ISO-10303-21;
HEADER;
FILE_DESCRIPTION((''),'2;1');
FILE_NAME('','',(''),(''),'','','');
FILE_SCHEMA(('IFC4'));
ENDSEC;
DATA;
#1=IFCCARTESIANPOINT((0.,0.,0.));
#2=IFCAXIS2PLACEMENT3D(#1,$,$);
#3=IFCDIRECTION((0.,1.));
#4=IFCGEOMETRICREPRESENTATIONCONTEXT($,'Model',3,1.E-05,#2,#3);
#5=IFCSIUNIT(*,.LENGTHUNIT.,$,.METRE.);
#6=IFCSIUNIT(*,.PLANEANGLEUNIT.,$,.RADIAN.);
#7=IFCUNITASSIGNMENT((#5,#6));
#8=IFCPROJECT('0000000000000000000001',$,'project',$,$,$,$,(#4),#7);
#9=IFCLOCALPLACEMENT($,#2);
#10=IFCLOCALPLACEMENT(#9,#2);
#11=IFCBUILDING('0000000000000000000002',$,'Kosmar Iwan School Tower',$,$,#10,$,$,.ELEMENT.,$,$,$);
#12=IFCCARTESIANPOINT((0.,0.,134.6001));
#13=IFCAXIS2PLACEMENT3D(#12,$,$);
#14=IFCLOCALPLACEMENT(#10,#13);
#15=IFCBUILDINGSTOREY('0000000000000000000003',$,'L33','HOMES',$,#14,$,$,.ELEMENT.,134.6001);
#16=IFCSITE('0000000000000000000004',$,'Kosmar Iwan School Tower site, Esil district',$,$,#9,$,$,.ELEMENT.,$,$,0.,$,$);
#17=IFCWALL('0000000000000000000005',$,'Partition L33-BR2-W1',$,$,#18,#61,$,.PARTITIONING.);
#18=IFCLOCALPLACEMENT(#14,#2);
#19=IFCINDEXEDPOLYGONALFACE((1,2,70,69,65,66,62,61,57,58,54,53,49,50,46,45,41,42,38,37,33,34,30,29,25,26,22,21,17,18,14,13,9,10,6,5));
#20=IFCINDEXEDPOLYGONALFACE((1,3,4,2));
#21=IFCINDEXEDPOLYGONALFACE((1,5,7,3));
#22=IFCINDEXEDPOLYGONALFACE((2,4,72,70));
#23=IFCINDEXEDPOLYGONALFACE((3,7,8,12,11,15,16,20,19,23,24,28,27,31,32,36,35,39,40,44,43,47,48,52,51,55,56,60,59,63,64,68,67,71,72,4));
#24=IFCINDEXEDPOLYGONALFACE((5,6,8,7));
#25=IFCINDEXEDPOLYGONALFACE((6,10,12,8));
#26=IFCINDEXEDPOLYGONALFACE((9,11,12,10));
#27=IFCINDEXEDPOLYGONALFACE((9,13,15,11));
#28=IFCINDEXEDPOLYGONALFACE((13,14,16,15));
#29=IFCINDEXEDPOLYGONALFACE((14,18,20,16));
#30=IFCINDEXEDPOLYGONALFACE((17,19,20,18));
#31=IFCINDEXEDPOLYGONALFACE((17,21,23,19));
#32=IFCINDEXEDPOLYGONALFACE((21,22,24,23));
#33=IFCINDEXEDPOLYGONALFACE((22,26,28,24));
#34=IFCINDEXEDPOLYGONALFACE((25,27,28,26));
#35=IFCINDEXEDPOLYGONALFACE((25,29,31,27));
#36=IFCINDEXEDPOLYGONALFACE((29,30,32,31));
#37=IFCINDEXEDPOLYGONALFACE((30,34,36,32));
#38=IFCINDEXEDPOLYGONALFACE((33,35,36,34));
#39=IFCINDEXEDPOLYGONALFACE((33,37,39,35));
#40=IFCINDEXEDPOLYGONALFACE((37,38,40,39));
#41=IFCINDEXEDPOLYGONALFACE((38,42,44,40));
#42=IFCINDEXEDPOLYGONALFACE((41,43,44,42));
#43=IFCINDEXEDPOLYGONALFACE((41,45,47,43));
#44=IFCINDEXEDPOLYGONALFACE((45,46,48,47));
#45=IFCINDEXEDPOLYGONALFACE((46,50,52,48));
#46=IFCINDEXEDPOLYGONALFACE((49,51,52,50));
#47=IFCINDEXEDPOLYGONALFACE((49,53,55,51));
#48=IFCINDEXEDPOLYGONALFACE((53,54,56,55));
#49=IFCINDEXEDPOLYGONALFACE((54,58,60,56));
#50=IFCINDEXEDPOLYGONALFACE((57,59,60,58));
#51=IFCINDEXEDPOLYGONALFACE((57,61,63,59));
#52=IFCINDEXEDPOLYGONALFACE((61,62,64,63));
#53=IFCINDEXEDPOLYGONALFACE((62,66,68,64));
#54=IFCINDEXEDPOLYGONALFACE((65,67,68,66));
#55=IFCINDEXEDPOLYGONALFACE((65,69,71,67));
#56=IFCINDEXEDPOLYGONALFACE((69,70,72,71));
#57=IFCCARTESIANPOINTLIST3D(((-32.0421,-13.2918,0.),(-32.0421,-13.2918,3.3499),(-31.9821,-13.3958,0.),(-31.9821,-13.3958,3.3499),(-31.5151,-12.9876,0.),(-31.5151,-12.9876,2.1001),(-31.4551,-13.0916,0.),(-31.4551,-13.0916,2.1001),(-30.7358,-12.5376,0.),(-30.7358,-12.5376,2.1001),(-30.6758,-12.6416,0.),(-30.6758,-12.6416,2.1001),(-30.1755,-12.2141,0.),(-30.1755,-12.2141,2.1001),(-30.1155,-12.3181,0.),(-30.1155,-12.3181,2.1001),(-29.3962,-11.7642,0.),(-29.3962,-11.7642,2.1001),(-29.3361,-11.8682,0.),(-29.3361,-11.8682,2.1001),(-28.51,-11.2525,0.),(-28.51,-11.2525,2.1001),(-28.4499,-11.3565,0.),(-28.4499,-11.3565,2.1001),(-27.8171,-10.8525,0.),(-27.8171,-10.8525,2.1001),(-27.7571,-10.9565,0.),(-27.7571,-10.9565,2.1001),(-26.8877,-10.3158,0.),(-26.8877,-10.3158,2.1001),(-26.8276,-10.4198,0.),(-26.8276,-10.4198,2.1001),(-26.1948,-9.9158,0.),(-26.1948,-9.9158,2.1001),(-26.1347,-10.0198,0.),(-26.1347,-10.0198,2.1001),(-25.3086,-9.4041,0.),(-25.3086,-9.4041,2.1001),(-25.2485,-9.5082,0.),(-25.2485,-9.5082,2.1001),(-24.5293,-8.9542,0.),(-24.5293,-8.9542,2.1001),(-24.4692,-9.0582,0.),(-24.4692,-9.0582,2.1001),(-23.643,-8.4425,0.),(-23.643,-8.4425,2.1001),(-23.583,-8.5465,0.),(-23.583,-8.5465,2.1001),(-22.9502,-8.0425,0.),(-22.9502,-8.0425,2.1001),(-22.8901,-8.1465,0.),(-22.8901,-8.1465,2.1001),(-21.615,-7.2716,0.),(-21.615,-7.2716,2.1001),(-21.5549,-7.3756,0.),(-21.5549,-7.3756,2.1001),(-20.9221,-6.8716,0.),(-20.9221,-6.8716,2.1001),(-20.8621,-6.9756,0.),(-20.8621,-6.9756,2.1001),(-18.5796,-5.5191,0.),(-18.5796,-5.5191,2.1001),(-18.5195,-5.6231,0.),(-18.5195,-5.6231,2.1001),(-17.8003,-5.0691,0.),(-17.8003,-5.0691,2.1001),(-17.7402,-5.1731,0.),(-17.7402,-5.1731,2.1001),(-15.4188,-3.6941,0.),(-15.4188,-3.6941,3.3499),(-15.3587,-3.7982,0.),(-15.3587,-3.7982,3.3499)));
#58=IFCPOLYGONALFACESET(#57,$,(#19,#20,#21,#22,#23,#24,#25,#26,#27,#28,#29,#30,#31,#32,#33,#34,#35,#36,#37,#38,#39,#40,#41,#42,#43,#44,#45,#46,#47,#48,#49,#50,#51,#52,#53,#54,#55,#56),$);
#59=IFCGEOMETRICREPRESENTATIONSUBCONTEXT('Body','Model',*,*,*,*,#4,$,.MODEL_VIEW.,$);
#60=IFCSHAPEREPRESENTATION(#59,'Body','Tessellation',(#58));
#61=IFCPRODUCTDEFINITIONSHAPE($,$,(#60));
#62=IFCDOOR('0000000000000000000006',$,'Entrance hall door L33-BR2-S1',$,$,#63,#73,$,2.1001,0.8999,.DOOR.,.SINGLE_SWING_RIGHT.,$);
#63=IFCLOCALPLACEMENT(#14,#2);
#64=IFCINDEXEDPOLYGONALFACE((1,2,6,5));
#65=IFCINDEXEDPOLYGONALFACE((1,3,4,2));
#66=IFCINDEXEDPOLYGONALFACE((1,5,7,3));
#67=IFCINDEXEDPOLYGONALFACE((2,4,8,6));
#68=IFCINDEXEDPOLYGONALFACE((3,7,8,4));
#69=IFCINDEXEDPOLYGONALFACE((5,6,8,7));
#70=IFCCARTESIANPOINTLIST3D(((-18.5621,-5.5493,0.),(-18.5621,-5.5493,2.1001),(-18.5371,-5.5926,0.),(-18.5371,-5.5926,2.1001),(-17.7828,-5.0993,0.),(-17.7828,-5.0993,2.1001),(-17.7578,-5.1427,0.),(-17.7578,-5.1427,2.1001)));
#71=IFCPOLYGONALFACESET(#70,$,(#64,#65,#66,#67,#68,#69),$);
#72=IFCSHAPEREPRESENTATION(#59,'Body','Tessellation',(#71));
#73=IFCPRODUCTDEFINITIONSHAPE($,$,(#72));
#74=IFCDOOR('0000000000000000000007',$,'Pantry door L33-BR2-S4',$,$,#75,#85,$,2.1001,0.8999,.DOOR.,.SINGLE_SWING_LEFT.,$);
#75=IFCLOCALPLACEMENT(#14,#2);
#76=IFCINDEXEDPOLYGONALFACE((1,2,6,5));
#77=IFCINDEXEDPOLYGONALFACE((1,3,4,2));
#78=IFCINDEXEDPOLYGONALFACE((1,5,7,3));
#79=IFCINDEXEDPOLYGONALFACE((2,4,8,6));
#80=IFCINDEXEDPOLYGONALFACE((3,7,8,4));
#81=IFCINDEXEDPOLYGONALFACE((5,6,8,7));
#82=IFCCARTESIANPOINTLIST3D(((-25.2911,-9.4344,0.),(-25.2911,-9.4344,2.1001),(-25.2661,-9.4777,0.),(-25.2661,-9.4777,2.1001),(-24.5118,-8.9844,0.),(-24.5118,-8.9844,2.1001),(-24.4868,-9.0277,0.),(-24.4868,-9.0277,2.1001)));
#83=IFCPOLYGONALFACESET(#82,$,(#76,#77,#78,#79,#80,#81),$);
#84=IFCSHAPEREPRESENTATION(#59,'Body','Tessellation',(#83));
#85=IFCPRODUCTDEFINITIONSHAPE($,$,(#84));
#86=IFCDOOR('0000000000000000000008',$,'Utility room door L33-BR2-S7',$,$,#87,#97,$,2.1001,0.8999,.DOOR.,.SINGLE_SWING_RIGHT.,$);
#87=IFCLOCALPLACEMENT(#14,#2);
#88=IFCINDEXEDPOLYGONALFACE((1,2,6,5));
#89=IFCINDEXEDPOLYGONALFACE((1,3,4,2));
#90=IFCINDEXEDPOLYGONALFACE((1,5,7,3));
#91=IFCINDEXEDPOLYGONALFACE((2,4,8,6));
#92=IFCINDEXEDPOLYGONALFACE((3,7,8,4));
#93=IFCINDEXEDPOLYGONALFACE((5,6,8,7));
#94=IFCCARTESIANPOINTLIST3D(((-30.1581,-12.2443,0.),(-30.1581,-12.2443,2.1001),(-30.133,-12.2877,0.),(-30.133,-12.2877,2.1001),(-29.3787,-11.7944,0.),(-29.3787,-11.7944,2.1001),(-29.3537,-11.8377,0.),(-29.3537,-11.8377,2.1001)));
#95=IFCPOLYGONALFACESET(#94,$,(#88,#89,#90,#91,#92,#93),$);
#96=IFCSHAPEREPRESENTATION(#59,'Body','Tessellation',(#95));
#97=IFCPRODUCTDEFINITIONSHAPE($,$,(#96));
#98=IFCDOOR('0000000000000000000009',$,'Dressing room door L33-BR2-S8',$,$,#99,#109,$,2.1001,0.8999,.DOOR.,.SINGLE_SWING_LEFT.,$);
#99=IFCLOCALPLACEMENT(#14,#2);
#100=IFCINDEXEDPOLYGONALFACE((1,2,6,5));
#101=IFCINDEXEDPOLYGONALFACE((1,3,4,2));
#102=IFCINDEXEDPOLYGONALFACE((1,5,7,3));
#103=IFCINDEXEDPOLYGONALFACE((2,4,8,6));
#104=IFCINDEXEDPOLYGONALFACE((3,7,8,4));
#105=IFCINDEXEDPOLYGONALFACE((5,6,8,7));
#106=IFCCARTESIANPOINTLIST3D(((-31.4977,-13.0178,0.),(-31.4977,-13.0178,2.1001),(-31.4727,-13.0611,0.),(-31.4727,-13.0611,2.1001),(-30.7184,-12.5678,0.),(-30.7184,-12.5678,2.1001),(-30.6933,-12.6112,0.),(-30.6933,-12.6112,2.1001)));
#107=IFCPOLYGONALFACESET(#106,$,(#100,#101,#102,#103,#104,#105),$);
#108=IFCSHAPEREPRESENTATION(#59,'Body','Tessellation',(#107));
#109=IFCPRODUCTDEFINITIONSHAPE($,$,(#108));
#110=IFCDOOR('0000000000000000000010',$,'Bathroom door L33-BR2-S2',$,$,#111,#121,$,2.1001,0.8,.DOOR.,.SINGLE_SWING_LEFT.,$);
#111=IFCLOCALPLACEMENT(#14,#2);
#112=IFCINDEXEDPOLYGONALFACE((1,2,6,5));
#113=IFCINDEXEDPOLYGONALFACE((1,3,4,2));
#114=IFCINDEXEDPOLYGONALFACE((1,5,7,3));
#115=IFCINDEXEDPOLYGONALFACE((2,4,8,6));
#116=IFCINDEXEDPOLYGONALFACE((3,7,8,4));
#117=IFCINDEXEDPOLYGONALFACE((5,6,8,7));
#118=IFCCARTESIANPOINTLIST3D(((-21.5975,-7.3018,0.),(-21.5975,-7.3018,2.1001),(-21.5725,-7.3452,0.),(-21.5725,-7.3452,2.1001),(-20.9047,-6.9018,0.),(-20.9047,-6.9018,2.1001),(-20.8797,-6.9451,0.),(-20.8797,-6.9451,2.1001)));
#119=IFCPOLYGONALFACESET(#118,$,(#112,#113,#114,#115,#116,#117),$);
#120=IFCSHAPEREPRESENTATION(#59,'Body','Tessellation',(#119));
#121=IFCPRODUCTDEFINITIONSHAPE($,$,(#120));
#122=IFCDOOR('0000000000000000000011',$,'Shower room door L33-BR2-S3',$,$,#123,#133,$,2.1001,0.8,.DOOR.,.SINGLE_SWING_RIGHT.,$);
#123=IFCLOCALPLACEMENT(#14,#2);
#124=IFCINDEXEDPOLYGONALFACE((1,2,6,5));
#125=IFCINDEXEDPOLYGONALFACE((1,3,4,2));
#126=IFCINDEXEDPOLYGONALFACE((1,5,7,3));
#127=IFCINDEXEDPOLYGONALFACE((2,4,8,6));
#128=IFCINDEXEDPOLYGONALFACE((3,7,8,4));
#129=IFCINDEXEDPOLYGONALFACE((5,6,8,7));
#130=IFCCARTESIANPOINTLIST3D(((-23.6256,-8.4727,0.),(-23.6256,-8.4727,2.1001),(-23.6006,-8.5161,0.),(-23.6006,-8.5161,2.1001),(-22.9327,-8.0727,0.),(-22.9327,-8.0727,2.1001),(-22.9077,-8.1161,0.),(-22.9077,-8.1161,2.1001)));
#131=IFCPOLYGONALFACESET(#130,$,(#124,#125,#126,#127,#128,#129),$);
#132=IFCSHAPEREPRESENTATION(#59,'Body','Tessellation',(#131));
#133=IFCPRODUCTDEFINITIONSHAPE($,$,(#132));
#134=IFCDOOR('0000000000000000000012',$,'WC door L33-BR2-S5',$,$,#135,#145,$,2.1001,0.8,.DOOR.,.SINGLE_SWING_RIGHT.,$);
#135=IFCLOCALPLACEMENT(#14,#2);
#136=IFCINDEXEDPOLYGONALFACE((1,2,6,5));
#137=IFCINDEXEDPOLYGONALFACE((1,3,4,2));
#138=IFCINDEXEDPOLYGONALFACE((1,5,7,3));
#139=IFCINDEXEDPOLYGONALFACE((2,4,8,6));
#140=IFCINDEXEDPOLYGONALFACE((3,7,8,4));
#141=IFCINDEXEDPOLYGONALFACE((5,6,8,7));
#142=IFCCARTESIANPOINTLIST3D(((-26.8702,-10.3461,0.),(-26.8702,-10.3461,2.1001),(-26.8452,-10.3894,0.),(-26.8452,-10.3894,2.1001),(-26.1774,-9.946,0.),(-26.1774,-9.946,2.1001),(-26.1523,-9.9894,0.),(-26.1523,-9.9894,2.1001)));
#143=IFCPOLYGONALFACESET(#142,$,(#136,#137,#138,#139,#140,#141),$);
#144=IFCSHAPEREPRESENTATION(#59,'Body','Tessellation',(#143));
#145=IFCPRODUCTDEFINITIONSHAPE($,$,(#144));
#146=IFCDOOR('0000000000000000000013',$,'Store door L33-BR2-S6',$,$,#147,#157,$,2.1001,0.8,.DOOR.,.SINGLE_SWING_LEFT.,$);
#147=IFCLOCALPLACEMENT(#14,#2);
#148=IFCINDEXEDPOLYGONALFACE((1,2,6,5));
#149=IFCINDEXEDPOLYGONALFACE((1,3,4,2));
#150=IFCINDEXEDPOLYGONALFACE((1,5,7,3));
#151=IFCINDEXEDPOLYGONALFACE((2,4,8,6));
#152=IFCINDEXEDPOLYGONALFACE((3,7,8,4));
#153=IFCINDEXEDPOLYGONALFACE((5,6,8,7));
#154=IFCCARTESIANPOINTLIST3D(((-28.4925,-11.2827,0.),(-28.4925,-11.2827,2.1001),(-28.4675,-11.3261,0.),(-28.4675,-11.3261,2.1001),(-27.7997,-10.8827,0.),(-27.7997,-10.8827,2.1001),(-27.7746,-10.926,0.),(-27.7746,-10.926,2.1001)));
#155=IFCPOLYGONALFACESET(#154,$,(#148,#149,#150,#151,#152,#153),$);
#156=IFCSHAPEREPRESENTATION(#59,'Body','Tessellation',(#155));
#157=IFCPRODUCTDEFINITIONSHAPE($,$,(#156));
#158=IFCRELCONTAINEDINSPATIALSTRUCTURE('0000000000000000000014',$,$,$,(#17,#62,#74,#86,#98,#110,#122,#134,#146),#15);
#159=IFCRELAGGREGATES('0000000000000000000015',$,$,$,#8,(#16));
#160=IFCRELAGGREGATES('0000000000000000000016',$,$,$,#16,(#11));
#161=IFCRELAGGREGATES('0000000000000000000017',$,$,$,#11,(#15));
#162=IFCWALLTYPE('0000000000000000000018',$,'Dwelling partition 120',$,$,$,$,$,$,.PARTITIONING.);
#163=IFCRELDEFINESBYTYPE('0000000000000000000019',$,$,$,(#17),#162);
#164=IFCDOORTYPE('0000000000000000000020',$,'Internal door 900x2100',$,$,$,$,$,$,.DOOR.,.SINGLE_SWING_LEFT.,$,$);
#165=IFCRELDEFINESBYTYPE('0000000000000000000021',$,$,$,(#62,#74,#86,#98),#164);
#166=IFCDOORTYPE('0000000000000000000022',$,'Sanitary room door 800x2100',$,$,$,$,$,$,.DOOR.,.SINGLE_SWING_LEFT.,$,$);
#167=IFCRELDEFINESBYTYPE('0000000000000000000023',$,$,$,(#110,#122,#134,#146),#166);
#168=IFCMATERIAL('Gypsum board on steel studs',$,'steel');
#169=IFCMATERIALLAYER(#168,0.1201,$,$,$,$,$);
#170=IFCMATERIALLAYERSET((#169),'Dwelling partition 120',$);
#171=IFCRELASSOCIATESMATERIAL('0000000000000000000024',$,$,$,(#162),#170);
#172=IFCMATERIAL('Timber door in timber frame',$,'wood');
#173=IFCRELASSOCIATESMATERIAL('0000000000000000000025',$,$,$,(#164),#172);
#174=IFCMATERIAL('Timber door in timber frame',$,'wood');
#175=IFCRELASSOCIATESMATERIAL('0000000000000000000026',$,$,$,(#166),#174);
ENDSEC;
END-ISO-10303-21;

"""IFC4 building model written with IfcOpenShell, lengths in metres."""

from ifc_helpers import new_model, si_unit, direction, frame, frame_2d, origin, place, context, subcontext, project, spatial, rectangle, extrude, material, layer, layer_set, type_object, element, fill, save


model = new_model("IFC4")

# Units and contexts
model_context = context("Model", 3, precision=1e-05, world=origin(), true_north=direction((0.0, 1.0)))
body_context = subcontext(model_context, "Body", "Model", "MODEL_VIEW")
ifc_project = project(units=[si_unit("LENGTHUNIT", "METRE"), si_unit("PLANEANGLEUNIT", "RADIAN")], contexts=[model_context])

# Site, building, storey
site_placement = place(None, origin())
site = spatial("IfcSite", under=ifc_project, at=site_placement, Name="Kosmar Iwan School Tower site, Esil district", CompositionType="ELEMENT", RefElevation=0.0)
building_placement = place(site_placement, origin())
building = spatial("IfcBuilding", under=site, at=building_placement, Name="Kosmar Iwan School Tower", CompositionType="ELEMENT")
storey_placement = place(building_placement, frame((0.0, 0.0, 134.6001)))
storey = spatial("IfcBuildingStorey", under=building, at=storey_placement, Name="L33", Description="HOMES", CompositionType="ELEMENT", Elevation=134.6001)

# Shared definitions
ifc_material_1 = material(Name="Gypsum board on steel studs", Category="steel")
ifc_layer_1 = layer(ifc_material_1, 0.1201)
ifc_layer_set_1 = layer_set([ifc_layer_1], Name="Dwelling partition 120")
wall_type_1 = type_object("IfcWallType", Name="Dwelling partition 120", PredefinedType="PARTITIONING", material=ifc_layer_set_1)

# Wall, openings, doors
wall_1_placement = place(storey_placement, frame((-15.3887, -3.7461, 0.0), z_axis=(0.0, 0.0, 1.0), x_axis=(-0.866021, -0.500008, 0.0)))
wall_1 = element("IfcWall", 1, at=wall_1_placement, inside=storey, type_object=wall_type_1, Name="Partition L33-BR2-W1", PredefinedType="PARTITIONING", context=body_context, shape_type="SweptSolid", body=[
    extrude(rectangle(XDim=19.1951, YDim=0.1201, at=frame_2d((9.5977, 0.0))), origin(), (0.0, 0.0, 1.0), 3.3499),
])
opening_1_placement = place(wall_1_placement, frame((2.75, 0.0, 0.0)))
opening_1 = element("IfcOpeningElement", 2, at=opening_1_placement, cuts=wall_1, PredefinedType="OPENING", context=body_context, shape_type="SweptSolid", body=[
    extrude(rectangle(XDim=0.8999, YDim=2.1001, at=frame_2d((0.45, 1.05))), frame((0.0, 0.072, 0.0), z_axis=(0.0, -1.0, 0.0), x_axis=(1.0, 0.0, 0.0)), (0.0, 0.0, 1.0), 0.144),
])
opening_2_placement = place(wall_1_placement, frame((6.355, 0.0, 0.0)))
opening_2 = element("IfcOpeningElement", 3, at=opening_2_placement, cuts=wall_1, PredefinedType="OPENING", context=body_context, shape_type="SweptSolid", body=[
    extrude(rectangle(XDim=0.8, YDim=2.1001, at=frame_2d((0.3999, 1.05))), frame((0.0, 0.072, 0.0), z_axis=(0.0, -1.0, 0.0), x_axis=(1.0, 0.0, 0.0)), (0.0, 0.0, 1.0), 0.144),
])
opening_3_placement = place(wall_1_placement, frame((8.6968, 0.0, 0.0)))
opening_3 = element("IfcOpeningElement", 4, at=opening_3_placement, cuts=wall_1, PredefinedType="OPENING", context=body_context, shape_type="SweptSolid", body=[
    extrude(rectangle(XDim=0.8, YDim=2.1001, at=frame_2d((0.3999, 1.05))), frame((0.0, 0.072, 0.0), z_axis=(0.0, -1.0, 0.0), x_axis=(1.0, 0.0, 0.0)), (0.0, 0.0, 1.0), 0.144),
])
opening_4_placement = place(wall_1_placement, frame((10.52, 0.0, 0.0)))
opening_4 = element("IfcOpeningElement", 5, at=opening_4_placement, cuts=wall_1, PredefinedType="OPENING", context=body_context, shape_type="SweptSolid", body=[
    extrude(rectangle(XDim=0.8999, YDim=2.1001, at=frame_2d((0.45, 1.05))), frame((0.0, 0.072, 0.0), z_axis=(0.0, -1.0, 0.0), x_axis=(1.0, 0.0, 0.0)), (0.0, 0.0, 1.0), 0.144),
])
opening_5_placement = place(wall_1_placement, frame((12.4434, 0.0, 0.0)))
opening_5 = element("IfcOpeningElement", 6, at=opening_5_placement, cuts=wall_1, PredefinedType="OPENING", context=body_context, shape_type="SweptSolid", body=[
    extrude(rectangle(XDim=0.8, YDim=2.1001, at=frame_2d((0.3999, 1.05))), frame((0.0, 0.072, 0.0), z_axis=(0.0, -1.0, 0.0), x_axis=(1.0, 0.0, 0.0)), (0.0, 0.0, 1.0), 0.144),
])
opening_6_placement = place(wall_1_placement, frame((14.3167, 0.0, 0.0)))
opening_6 = element("IfcOpeningElement", 7, at=opening_6_placement, cuts=wall_1, PredefinedType="OPENING", context=body_context, shape_type="SweptSolid", body=[
    extrude(rectangle(XDim=0.8, YDim=2.1001, at=frame_2d((0.3999, 1.05))), frame((0.0, 0.072, 0.0), z_axis=(0.0, -1.0, 0.0), x_axis=(1.0, 0.0, 0.0)), (0.0, 0.0, 1.0), 0.144),
])
opening_7_placement = place(wall_1_placement, frame((16.1399, 0.0, 0.0)))
opening_7 = element("IfcOpeningElement", 8, at=opening_7_placement, cuts=wall_1, PredefinedType="OPENING", context=body_context, shape_type="SweptSolid", body=[
    extrude(rectangle(XDim=0.8999, YDim=2.1001, at=frame_2d((0.45, 1.05))), frame((0.0, 0.072, 0.0), z_axis=(0.0, -1.0, 0.0), x_axis=(1.0, 0.0, 0.0)), (0.0, 0.0, 1.0), 0.144),
])
opening_8_placement = place(wall_1_placement, frame((17.6868, 0.0, 0.0)))
opening_8 = element("IfcOpeningElement", 9, at=opening_8_placement, cuts=wall_1, PredefinedType="OPENING", context=body_context, shape_type="SweptSolid", body=[
    extrude(rectangle(XDim=0.8999, YDim=2.1001, at=frame_2d((0.45, 1.05))), frame((0.0, 0.072, 0.0), z_axis=(0.0, -1.0, 0.0), x_axis=(1.0, 0.0, 0.0)), (0.0, 0.0, 1.0), 0.144),
])
ifc_material_2 = material(Name="Timber door in timber frame", Category="wood")
door_type_1 = type_object("IfcDoorType", Name="Internal door 900x2100", OperationType="SINGLE_SWING_LEFT", PredefinedType="DOOR", material=ifc_material_2)
door_1_placement = place(opening_1_placement, origin())
door_1 = element("IfcDoor", 10, at=door_1_placement, inside=storey, type_object=door_type_1, Name="Entrance hall door L33-BR2-S1", OperationType="SINGLE_SWING_RIGHT", OverallHeight=2.1001, OverallWidth=0.8999, PredefinedType="DOOR", context=body_context, shape_type="SweptSolid", body=[
    extrude(rectangle(XDim=0.8999, YDim=2.1001, at=frame_2d((0.45, 1.05))), frame((0.0, 0.0249, 0.0), z_axis=(0.0, -1.0, 0.0), x_axis=(1.0, 0.0, 0.0)), (0.0, 0.0, 1.0), 0.05),
])
fill(opening_1, door_1)
door_2_placement = place(opening_4_placement, origin())
door_2 = element("IfcDoor", 11, at=door_2_placement, inside=storey, type_object=door_type_1, Name="Pantry door L33-BR2-S4", OperationType="SINGLE_SWING_LEFT", OverallHeight=2.1001, OverallWidth=0.8999, PredefinedType="DOOR", context=body_context, shape_type="SweptSolid", body=[
    extrude(rectangle(XDim=0.8999, YDim=2.1001, at=frame_2d((0.45, 1.05))), frame((0.0, 0.0249, 0.0), z_axis=(0.0, -1.0, 0.0), x_axis=(1.0, 0.0, 0.0)), (0.0, 0.0, 1.0), 0.05),
])
fill(opening_4, door_2)
door_3_placement = place(opening_7_placement, origin())
door_3 = element("IfcDoor", 12, at=door_3_placement, inside=storey, type_object=door_type_1, Name="Utility room door L33-BR2-S7", OperationType="SINGLE_SWING_RIGHT", OverallHeight=2.1001, OverallWidth=0.8999, PredefinedType="DOOR", context=body_context, shape_type="SweptSolid", body=[
    extrude(rectangle(XDim=0.8999, YDim=2.1001, at=frame_2d((0.45, 1.05))), frame((0.0, 0.0249, 0.0), z_axis=(0.0, -1.0, 0.0), x_axis=(1.0, 0.0, 0.0)), (0.0, 0.0, 1.0), 0.05),
])
fill(opening_7, door_3)
door_4_placement = place(opening_8_placement, origin())
door_4 = element("IfcDoor", 13, at=door_4_placement, inside=storey, type_object=door_type_1, Name="Dressing room door L33-BR2-S8", OperationType="SINGLE_SWING_LEFT", OverallHeight=2.1001, OverallWidth=0.8999, PredefinedType="DOOR", context=body_context, shape_type="SweptSolid", body=[
    extrude(rectangle(XDim=0.8999, YDim=2.1001, at=frame_2d((0.45, 1.05))), frame((0.0, 0.0249, 0.0), z_axis=(0.0, -1.0, 0.0), x_axis=(1.0, 0.0, 0.0)), (0.0, 0.0, 1.0), 0.05),
])
fill(opening_8, door_4)
ifc_material_3 = material(Name="Timber door in timber frame", Category="wood")
door_type_2 = type_object("IfcDoorType", Name="Sanitary room door 800x2100", OperationType="SINGLE_SWING_LEFT", PredefinedType="DOOR", material=ifc_material_3)
door_5_placement = place(opening_2_placement, origin())
door_5 = element("IfcDoor", 14, at=door_5_placement, inside=storey, type_object=door_type_2, Name="Bathroom door L33-BR2-S2", OperationType="SINGLE_SWING_LEFT", OverallHeight=2.1001, OverallWidth=0.8, PredefinedType="DOOR", context=body_context, shape_type="SweptSolid", body=[
    extrude(rectangle(XDim=0.8, YDim=2.1001, at=frame_2d((0.3999, 1.05))), frame((0.0, 0.0249, 0.0), z_axis=(0.0, -1.0, 0.0), x_axis=(1.0, 0.0, 0.0)), (0.0, 0.0, 1.0), 0.05),
])
fill(opening_2, door_5)
door_6_placement = place(opening_3_placement, origin())
door_6 = element("IfcDoor", 15, at=door_6_placement, inside=storey, type_object=door_type_2, Name="Shower room door L33-BR2-S3", OperationType="SINGLE_SWING_RIGHT", OverallHeight=2.1001, OverallWidth=0.8, PredefinedType="DOOR", context=body_context, shape_type="SweptSolid", body=[
    extrude(rectangle(XDim=0.8, YDim=2.1001, at=frame_2d((0.3999, 1.05))), frame((0.0, 0.0249, 0.0), z_axis=(0.0, -1.0, 0.0), x_axis=(1.0, 0.0, 0.0)), (0.0, 0.0, 1.0), 0.05),
])
fill(opening_3, door_6)
door_7_placement = place(opening_5_placement, origin())
door_7 = element("IfcDoor", 16, at=door_7_placement, inside=storey, type_object=door_type_2, Name="WC door L33-BR2-S5", OperationType="SINGLE_SWING_RIGHT", OverallHeight=2.1001, OverallWidth=0.8, PredefinedType="DOOR", context=body_context, shape_type="SweptSolid", body=[
    extrude(rectangle(XDim=0.8, YDim=2.1001, at=frame_2d((0.3999, 1.05))), frame((0.0, 0.0249, 0.0), z_axis=(0.0, -1.0, 0.0), x_axis=(1.0, 0.0, 0.0)), (0.0, 0.0, 1.0), 0.05),
])
fill(opening_5, door_7)
door_8_placement = place(opening_6_placement, origin())
door_8 = element("IfcDoor", 17, at=door_8_placement, inside=storey, type_object=door_type_2, Name="Store door L33-BR2-S6", OperationType="SINGLE_SWING_LEFT", OverallHeight=2.1001, OverallWidth=0.8, PredefinedType="DOOR", context=body_context, shape_type="SweptSolid", body=[
    extrude(rectangle(XDim=0.8, YDim=2.1001, at=frame_2d((0.3999, 1.05))), frame((0.0, 0.0249, 0.0), z_axis=(0.0, -1.0, 0.0), x_axis=(1.0, 0.0, 0.0)), (0.0, 0.0, 1.0), 0.05),
])
fill(opening_6, door_8)

save(model, "model.ifc")
